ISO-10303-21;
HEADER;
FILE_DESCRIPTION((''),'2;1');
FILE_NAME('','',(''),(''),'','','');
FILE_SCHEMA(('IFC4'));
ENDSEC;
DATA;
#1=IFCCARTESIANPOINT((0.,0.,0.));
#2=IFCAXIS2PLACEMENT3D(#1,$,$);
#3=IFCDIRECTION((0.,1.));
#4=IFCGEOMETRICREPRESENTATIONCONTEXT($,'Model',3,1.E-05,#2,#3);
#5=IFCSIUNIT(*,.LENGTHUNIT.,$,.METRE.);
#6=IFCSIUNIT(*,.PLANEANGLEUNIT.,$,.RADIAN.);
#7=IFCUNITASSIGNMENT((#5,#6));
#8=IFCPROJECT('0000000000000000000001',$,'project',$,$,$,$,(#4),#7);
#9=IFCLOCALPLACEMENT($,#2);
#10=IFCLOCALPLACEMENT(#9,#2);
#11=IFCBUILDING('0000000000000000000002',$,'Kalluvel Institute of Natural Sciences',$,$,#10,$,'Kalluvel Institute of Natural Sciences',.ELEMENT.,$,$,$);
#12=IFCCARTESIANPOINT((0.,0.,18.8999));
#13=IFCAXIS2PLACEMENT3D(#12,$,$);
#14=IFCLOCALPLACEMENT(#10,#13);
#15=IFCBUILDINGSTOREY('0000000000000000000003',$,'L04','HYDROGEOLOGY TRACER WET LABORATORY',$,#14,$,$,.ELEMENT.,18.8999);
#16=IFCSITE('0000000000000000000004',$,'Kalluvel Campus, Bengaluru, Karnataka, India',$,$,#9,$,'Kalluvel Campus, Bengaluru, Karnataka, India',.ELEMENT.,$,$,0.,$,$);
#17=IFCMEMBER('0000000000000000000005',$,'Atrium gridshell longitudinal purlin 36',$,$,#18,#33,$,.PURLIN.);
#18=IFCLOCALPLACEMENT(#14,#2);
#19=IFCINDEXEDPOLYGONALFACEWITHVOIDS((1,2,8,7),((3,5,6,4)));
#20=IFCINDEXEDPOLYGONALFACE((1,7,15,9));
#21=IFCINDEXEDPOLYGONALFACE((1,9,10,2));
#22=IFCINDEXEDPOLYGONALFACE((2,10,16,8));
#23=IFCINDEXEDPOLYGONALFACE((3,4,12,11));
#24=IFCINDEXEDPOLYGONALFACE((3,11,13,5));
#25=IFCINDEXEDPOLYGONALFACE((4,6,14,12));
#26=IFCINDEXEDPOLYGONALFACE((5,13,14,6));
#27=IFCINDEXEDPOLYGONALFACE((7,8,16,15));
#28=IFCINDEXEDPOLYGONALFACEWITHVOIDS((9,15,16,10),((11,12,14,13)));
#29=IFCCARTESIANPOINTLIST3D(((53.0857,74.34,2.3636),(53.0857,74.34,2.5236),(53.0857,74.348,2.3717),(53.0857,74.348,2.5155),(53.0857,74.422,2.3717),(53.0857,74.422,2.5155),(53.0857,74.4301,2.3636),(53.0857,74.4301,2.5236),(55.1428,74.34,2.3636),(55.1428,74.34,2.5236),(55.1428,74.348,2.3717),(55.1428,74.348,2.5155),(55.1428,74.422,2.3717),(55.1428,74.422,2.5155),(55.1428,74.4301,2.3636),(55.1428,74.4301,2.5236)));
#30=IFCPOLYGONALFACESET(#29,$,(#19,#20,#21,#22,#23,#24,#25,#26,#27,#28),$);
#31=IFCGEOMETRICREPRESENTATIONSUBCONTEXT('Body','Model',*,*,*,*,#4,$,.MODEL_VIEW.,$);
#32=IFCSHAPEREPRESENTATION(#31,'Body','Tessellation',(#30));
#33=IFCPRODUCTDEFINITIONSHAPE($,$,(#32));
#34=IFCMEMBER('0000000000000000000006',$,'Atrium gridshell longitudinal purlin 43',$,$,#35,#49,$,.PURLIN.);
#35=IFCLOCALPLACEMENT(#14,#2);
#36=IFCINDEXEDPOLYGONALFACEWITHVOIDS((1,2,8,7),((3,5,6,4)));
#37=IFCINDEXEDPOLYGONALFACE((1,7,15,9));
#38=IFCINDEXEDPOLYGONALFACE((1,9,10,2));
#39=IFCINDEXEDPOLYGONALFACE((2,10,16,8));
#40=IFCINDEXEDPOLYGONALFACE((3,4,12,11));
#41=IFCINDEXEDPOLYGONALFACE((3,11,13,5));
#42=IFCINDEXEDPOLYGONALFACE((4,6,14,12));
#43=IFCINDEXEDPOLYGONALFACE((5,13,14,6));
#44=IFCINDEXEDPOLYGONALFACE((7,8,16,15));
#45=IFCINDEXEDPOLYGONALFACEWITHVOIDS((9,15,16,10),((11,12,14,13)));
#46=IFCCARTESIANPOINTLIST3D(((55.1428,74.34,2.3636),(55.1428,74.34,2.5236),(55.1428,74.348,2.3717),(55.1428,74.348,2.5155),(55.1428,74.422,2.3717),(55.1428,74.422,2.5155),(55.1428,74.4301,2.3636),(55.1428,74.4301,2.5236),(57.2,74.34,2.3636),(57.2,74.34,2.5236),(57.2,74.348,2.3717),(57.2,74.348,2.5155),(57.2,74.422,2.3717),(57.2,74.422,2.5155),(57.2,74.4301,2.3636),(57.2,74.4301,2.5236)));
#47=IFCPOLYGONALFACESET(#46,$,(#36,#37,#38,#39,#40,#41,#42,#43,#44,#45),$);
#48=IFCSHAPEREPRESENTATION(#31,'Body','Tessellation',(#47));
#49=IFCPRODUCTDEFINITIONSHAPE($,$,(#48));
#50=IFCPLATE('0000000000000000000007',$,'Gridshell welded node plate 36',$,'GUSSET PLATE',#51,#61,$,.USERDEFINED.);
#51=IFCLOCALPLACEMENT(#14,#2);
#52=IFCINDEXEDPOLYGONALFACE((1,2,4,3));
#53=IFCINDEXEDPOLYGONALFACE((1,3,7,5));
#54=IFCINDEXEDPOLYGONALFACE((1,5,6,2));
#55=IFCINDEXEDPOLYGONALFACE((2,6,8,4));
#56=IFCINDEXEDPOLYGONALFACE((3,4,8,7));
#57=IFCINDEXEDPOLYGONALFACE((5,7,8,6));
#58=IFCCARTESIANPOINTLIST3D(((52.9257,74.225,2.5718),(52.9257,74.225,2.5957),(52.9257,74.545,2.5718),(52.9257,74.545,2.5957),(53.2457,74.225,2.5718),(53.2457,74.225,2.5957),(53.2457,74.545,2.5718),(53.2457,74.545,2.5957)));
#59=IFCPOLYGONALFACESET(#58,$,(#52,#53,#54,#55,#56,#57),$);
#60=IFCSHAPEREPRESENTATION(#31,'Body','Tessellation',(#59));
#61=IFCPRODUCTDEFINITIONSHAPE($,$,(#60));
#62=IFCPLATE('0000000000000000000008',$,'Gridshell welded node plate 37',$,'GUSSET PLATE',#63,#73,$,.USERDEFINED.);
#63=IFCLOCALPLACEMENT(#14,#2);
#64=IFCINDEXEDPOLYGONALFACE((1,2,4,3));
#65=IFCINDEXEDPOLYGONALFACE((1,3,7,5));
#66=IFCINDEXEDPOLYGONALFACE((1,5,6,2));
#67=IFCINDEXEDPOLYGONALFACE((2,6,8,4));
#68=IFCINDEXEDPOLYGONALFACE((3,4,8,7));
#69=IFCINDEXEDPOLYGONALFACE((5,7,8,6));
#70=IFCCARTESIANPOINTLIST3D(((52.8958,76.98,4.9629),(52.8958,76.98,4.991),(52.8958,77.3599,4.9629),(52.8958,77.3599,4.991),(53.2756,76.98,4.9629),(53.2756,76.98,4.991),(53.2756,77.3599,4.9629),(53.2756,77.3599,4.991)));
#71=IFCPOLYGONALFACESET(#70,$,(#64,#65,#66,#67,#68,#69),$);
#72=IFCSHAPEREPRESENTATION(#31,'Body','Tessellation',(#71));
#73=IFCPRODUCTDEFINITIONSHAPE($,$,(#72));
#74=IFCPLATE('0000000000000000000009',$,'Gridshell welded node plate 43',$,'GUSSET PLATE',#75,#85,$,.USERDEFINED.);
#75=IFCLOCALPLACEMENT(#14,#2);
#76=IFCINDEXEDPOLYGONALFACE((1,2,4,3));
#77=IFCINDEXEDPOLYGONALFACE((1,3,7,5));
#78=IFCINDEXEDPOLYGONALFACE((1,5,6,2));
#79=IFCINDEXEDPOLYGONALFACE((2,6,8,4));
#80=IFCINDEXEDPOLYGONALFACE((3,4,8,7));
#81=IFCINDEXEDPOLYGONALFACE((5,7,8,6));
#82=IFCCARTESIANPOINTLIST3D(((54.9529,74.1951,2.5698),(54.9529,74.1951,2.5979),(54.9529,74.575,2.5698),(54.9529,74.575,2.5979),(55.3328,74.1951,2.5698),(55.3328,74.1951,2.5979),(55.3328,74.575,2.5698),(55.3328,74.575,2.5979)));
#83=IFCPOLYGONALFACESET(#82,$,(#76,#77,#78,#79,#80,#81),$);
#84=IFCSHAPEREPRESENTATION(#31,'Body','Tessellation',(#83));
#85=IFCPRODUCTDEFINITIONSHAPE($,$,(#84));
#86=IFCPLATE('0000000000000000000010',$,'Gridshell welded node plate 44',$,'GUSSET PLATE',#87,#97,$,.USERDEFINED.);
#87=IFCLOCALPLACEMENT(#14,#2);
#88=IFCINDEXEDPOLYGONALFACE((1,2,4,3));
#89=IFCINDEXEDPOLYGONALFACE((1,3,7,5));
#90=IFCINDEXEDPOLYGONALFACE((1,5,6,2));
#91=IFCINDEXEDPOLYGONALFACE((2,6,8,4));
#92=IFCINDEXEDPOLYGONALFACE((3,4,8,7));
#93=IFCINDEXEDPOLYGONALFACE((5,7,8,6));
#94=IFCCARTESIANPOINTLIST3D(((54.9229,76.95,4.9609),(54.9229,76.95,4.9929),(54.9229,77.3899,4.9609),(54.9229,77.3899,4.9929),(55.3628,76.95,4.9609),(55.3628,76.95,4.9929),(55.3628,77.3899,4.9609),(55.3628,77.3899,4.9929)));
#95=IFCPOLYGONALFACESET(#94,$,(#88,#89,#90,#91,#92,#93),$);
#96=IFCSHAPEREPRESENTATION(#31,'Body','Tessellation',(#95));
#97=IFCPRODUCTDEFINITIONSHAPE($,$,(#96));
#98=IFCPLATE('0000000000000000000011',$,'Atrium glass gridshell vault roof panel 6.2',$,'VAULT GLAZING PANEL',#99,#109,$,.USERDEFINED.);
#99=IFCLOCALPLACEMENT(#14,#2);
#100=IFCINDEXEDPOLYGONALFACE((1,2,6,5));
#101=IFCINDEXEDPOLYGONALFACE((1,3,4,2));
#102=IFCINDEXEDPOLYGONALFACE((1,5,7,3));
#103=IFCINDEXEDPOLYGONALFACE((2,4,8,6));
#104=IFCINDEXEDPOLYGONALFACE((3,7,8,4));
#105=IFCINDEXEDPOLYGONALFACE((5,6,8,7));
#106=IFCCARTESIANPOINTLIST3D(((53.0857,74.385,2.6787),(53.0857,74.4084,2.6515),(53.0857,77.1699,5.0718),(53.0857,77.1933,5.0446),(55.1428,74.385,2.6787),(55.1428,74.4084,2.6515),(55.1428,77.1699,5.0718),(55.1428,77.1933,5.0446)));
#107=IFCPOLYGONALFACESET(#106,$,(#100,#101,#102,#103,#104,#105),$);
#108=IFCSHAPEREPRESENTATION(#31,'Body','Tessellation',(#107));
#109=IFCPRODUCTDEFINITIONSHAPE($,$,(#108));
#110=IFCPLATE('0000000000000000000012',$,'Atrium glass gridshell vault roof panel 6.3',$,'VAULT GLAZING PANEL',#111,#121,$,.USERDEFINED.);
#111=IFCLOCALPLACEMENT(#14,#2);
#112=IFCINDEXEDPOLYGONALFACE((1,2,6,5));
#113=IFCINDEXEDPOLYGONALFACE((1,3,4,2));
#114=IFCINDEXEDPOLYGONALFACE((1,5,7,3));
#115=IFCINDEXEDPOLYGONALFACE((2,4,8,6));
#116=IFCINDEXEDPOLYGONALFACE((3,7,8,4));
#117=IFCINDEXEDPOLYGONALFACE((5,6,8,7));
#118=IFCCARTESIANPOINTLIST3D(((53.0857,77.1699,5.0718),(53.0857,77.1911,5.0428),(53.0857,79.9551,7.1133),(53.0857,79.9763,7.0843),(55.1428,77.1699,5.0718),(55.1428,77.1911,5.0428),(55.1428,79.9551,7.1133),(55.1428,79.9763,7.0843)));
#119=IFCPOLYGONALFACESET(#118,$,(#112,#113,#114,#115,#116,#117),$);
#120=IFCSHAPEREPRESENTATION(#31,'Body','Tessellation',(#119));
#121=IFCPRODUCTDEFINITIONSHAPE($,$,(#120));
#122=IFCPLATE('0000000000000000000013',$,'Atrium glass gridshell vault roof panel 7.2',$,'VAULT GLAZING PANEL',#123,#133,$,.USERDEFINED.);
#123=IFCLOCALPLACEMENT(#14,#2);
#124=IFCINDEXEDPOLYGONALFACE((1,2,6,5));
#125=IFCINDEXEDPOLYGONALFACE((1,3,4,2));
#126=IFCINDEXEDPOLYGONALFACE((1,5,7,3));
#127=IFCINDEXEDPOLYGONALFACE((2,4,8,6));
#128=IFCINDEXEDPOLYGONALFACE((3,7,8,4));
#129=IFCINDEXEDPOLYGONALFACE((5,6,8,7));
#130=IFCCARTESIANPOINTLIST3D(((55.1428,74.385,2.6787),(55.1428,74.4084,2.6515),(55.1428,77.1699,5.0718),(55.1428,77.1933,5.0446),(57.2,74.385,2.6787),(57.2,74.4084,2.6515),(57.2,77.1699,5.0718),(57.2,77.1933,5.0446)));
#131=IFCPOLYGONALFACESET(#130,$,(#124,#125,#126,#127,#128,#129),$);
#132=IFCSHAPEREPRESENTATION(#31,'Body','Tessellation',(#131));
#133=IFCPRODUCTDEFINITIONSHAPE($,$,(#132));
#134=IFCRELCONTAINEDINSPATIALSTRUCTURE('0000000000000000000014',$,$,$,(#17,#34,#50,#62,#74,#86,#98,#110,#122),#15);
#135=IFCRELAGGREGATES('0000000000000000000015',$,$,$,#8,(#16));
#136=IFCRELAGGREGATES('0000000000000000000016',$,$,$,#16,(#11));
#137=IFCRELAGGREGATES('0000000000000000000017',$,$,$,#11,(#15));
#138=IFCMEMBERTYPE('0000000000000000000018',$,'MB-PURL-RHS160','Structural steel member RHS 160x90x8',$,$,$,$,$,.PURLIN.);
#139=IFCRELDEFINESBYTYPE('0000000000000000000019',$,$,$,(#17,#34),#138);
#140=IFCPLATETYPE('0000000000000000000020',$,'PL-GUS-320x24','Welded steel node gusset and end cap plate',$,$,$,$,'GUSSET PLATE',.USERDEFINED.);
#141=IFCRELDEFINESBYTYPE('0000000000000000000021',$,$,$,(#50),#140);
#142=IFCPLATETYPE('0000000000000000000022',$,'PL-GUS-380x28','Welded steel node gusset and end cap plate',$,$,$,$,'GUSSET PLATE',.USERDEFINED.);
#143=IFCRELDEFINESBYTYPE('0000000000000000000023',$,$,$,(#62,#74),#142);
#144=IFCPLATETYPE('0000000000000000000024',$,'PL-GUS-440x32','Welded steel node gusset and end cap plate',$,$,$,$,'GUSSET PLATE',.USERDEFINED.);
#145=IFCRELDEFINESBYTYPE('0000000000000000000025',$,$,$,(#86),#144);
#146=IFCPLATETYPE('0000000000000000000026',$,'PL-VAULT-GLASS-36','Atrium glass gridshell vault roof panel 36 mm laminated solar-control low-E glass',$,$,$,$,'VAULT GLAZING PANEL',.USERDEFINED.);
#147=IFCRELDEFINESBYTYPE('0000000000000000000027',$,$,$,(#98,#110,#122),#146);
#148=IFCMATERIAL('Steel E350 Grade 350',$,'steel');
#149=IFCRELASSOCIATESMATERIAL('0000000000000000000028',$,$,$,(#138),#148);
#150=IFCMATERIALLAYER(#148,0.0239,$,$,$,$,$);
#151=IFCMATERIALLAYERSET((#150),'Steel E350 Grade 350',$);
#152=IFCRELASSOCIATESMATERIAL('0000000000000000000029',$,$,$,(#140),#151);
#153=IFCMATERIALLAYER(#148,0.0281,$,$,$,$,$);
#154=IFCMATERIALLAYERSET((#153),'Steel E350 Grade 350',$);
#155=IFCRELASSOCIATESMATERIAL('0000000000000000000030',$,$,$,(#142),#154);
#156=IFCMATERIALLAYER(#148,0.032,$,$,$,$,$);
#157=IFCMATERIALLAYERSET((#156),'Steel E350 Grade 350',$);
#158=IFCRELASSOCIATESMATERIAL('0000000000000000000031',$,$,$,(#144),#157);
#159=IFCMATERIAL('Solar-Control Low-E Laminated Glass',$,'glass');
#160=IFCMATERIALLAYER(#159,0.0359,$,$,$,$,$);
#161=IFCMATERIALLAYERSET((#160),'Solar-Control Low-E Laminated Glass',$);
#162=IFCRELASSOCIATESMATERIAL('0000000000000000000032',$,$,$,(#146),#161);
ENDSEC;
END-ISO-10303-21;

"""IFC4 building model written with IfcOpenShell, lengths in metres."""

from ifc_helpers import new_model, si_unit, direction, frame, origin, origin_2d, place, context, subcontext, project, spatial, polyline, rectangle, hollow_rectangle, outline, extrude, material, layer, layer_set, material_profile, profile_set, type_object, element, save


model = new_model("IFC4")

# Units and contexts
model_context = context("Model", 3, precision=1e-05, world=origin(), true_north=direction((0.0, 1.0)))
body_context = subcontext(model_context, "Body", "Model", "MODEL_VIEW")
ifc_project = project(units=[si_unit("LENGTHUNIT", "METRE"), si_unit("PLANEANGLEUNIT", "RADIAN")], contexts=[model_context])

# Site, building, storey
site_placement = place(None, origin())
site = spatial("IfcSite", under=ifc_project, at=site_placement, Name="Kalluvel Campus, Bengaluru, Karnataka, India", LongName="Kalluvel Campus, Bengaluru, Karnataka, India", CompositionType="ELEMENT", RefElevation=0.0)
building_placement = place(site_placement, origin())
building = spatial("IfcBuilding", under=site, at=building_placement, Name="Kalluvel Institute of Natural Sciences", LongName="Kalluvel Institute of Natural Sciences", CompositionType="ELEMENT")
storey_placement = place(building_placement, frame((0.0, 0.0, 18.8999)))
storey = spatial("IfcBuildingStorey", under=building, at=storey_placement, Name="L04", Description="HYDROGEOLOGY TRACER WET LABORATORY", CompositionType="ELEMENT", Elevation=18.8999)

# Members
ifc_material_1 = material(Name="Steel E350 Grade 350", Category="steel")
ifc_material_profile_1 = material_profile(ifc_material_1, hollow_rectangle(XDim=0.0901, YDim=0.1599, WallThickness=0.0081, at=origin_2d()), Name="RHS 160x90x8")
ifc_profile_set_1 = profile_set([ifc_material_profile_1], Name="Steel E350 Grade 350")
member_type_1 = type_object("IfcMemberType", Name="MB-PURL-RHS160", Description="Structural steel member RHS 160x90x8", PredefinedType="PURLIN", material=ifc_profile_set_1)
for number, where, z_axis, x_axis, name in (
    (1, (53.0857, 74.385, 2.4436), (1.0, 0.0, 0.0), (0.0, 1.0, 0.0), "Atrium gridshell longitudinal purlin 36"),
    (2, (55.1428, 74.385, 2.4436), (1.0, 0.0, 0.0), (0.0, 1.0, 0.0), "Atrium gridshell longitudinal purlin 43"),
):
    element("IfcMember", number, at=place(storey_placement, frame(where, z_axis=z_axis, x_axis=x_axis)), inside=storey, type_object=member_type_1, Name=name, PredefinedType="PURLIN", context=body_context, shape_type="SweptSolid", body=[
        extrude(hollow_rectangle(XDim=0.0901, YDim=0.1599, WallThickness=0.0081, at=origin_2d()), origin(), (0.0, 0.0, 1.0), 2.0571),
    ])

# Plates
ifc_layer_1 = layer(ifc_material_1, 0.0239)
ifc_layer_set_1 = layer_set([ifc_layer_1], Name="Steel E350 Grade 350")
plate_type_1 = type_object("IfcPlateType", Name="PL-GUS-320x24", Description="Welded steel node gusset and end cap plate", ElementType="GUSSET PLATE", PredefinedType="USERDEFINED", material=ifc_layer_set_1)
plate_1_placement = place(storey_placement, frame((53.0857, 74.385, 2.5718), z_axis=(0.0, 0.0, 1.0), x_axis=(1.0, 0.0, 0.0)))
element("IfcPlate", 3, at=plate_1_placement, inside=storey, type_object=plate_type_1, Name="Gridshell welded node plate 36", ObjectType="GUSSET PLATE", PredefinedType="USERDEFINED", context=body_context, shape_type="SweptSolid", body=[
    extrude(rectangle(XDim=0.3201, YDim=0.3201, at=origin_2d()), origin(), (0.0, 0.0, 1.0), 0.0239),
])
ifc_layer_2 = layer(ifc_material_1, 0.0281)
ifc_layer_set_2 = layer_set([ifc_layer_2], Name="Steel E350 Grade 350")
plate_type_2 = type_object("IfcPlateType", Name="PL-GUS-380x28", Description="Welded steel node gusset and end cap plate", ElementType="GUSSET PLATE", PredefinedType="USERDEFINED", material=ifc_layer_set_2)
for number, where, z_axis, x_axis, name in (
    (4, (53.0857, 77.1699, 4.9629), (0.0, 0.0, 1.0), (1.0, 0.0, 0.0), "Gridshell welded node plate 37"),
    (5, (55.1428, 74.385, 2.5698), (0.0, 0.0, 1.0), (1.0, 0.0, 0.0), "Gridshell welded node plate 43"),
):
    element("IfcPlate", number, at=place(storey_placement, frame(where, z_axis=z_axis, x_axis=x_axis)), inside=storey, type_object=plate_type_2, Name=name, ObjectType="GUSSET PLATE", PredefinedType="USERDEFINED", context=body_context, shape_type="SweptSolid", body=[
        extrude(rectangle(XDim=0.3799, YDim=0.3799, at=origin_2d()), origin(), (0.0, 0.0, 1.0), 0.0281),
    ])
ifc_layer_3 = layer(ifc_material_1, 0.032)
ifc_layer_set_3 = layer_set([ifc_layer_3], Name="Steel E350 Grade 350")
plate_type_3 = type_object("IfcPlateType", Name="PL-GUS-440x32", Description="Welded steel node gusset and end cap plate", ElementType="GUSSET PLATE", PredefinedType="USERDEFINED", material=ifc_layer_set_3)
plate_2_placement = place(storey_placement, frame((55.1428, 77.1699, 4.9609), z_axis=(0.0, 0.0, 1.0), x_axis=(1.0, 0.0, 0.0)))
element("IfcPlate", 6, at=plate_2_placement, inside=storey, type_object=plate_type_3, Name="Gridshell welded node plate 44", ObjectType="GUSSET PLATE", PredefinedType="USERDEFINED", context=body_context, shape_type="SweptSolid", body=[
    extrude(rectangle(XDim=0.4399, YDim=0.4399, at=origin_2d()), origin(), (0.0, 0.0, 1.0), 0.032),
])
ifc_material_2 = material(Name="Solar-Control Low-E Laminated Glass", Category="glass")
ifc_layer_4 = layer(ifc_material_2, 0.0359)
ifc_layer_set_4 = layer_set([ifc_layer_4], Name="Solar-Control Low-E Laminated Glass")
plate_type_4 = type_object("IfcPlateType", Name="PL-VAULT-GLASS-36", Description="Atrium glass gridshell vault roof panel 36 mm laminated solar-control low-E glass", ElementType="VAULT GLAZING PANEL", PredefinedType="USERDEFINED", material=ifc_layer_set_4)
plate_3_placement = place(storey_placement, frame((53.0857, 74.385, 2.6787), z_axis=(0.0, -0.651733, 0.758449), x_axis=(1.0, 0.0, 0.0)))
element("IfcPlate", 7, at=plate_3_placement, inside=storey, type_object=plate_type_4, Name="Atrium glass gridshell vault roof panel 6.2", ObjectType="VAULT GLAZING PANEL", PredefinedType="USERDEFINED", context=body_context, shape_type="SweptSolid", body=[
    extrude(outline(polyline([(0.0, 0.0), (2.0571, 0.0), (2.0571, 3.6719), (0.0, 3.6719), (0.0, 0.0)])), origin(), (0.0, 0.0, -1.0), 0.0359),
])
plate_4_placement = place(storey_placement, frame((53.0857, 77.1699, 5.0718), z_axis=(0.0, -0.591186, 0.806535), x_axis=(1.0, 0.0, 0.0)))
element("IfcPlate", 8, at=plate_4_placement, inside=storey, type_object=plate_type_4, Name="Atrium glass gridshell vault roof panel 6.3", ObjectType="VAULT GLAZING PANEL", PredefinedType="USERDEFINED", context=body_context, shape_type="SweptSolid", body=[
    extrude(outline(polyline([(0.0, 0.0), (2.0571, 0.0), (2.0571, 3.4532), (0.0, 3.4532), (0.0, 0.0)])), origin(), (0.0, 0.0, -1.0), 0.0359),
])
plate_5_placement = place(storey_placement, frame((55.1428, 74.385, 2.6787), z_axis=(0.0, -0.651733, 0.758449), x_axis=(1.0, 0.0, 0.0)))
element("IfcPlate", 9, at=plate_5_placement, inside=storey, type_object=plate_type_4, Name="Atrium glass gridshell vault roof panel 7.2", ObjectType="VAULT GLAZING PANEL", PredefinedType="USERDEFINED", context=body_context, shape_type="SweptSolid", body=[
    extrude(outline(polyline([(0.0, 0.0), (2.0571, 0.0), (2.0571, 3.6719), (0.0, 3.6719), (0.0, 0.0)])), origin(), (0.0, 0.0, -1.0), 0.0359),
])

save(model, "model.ifc")
